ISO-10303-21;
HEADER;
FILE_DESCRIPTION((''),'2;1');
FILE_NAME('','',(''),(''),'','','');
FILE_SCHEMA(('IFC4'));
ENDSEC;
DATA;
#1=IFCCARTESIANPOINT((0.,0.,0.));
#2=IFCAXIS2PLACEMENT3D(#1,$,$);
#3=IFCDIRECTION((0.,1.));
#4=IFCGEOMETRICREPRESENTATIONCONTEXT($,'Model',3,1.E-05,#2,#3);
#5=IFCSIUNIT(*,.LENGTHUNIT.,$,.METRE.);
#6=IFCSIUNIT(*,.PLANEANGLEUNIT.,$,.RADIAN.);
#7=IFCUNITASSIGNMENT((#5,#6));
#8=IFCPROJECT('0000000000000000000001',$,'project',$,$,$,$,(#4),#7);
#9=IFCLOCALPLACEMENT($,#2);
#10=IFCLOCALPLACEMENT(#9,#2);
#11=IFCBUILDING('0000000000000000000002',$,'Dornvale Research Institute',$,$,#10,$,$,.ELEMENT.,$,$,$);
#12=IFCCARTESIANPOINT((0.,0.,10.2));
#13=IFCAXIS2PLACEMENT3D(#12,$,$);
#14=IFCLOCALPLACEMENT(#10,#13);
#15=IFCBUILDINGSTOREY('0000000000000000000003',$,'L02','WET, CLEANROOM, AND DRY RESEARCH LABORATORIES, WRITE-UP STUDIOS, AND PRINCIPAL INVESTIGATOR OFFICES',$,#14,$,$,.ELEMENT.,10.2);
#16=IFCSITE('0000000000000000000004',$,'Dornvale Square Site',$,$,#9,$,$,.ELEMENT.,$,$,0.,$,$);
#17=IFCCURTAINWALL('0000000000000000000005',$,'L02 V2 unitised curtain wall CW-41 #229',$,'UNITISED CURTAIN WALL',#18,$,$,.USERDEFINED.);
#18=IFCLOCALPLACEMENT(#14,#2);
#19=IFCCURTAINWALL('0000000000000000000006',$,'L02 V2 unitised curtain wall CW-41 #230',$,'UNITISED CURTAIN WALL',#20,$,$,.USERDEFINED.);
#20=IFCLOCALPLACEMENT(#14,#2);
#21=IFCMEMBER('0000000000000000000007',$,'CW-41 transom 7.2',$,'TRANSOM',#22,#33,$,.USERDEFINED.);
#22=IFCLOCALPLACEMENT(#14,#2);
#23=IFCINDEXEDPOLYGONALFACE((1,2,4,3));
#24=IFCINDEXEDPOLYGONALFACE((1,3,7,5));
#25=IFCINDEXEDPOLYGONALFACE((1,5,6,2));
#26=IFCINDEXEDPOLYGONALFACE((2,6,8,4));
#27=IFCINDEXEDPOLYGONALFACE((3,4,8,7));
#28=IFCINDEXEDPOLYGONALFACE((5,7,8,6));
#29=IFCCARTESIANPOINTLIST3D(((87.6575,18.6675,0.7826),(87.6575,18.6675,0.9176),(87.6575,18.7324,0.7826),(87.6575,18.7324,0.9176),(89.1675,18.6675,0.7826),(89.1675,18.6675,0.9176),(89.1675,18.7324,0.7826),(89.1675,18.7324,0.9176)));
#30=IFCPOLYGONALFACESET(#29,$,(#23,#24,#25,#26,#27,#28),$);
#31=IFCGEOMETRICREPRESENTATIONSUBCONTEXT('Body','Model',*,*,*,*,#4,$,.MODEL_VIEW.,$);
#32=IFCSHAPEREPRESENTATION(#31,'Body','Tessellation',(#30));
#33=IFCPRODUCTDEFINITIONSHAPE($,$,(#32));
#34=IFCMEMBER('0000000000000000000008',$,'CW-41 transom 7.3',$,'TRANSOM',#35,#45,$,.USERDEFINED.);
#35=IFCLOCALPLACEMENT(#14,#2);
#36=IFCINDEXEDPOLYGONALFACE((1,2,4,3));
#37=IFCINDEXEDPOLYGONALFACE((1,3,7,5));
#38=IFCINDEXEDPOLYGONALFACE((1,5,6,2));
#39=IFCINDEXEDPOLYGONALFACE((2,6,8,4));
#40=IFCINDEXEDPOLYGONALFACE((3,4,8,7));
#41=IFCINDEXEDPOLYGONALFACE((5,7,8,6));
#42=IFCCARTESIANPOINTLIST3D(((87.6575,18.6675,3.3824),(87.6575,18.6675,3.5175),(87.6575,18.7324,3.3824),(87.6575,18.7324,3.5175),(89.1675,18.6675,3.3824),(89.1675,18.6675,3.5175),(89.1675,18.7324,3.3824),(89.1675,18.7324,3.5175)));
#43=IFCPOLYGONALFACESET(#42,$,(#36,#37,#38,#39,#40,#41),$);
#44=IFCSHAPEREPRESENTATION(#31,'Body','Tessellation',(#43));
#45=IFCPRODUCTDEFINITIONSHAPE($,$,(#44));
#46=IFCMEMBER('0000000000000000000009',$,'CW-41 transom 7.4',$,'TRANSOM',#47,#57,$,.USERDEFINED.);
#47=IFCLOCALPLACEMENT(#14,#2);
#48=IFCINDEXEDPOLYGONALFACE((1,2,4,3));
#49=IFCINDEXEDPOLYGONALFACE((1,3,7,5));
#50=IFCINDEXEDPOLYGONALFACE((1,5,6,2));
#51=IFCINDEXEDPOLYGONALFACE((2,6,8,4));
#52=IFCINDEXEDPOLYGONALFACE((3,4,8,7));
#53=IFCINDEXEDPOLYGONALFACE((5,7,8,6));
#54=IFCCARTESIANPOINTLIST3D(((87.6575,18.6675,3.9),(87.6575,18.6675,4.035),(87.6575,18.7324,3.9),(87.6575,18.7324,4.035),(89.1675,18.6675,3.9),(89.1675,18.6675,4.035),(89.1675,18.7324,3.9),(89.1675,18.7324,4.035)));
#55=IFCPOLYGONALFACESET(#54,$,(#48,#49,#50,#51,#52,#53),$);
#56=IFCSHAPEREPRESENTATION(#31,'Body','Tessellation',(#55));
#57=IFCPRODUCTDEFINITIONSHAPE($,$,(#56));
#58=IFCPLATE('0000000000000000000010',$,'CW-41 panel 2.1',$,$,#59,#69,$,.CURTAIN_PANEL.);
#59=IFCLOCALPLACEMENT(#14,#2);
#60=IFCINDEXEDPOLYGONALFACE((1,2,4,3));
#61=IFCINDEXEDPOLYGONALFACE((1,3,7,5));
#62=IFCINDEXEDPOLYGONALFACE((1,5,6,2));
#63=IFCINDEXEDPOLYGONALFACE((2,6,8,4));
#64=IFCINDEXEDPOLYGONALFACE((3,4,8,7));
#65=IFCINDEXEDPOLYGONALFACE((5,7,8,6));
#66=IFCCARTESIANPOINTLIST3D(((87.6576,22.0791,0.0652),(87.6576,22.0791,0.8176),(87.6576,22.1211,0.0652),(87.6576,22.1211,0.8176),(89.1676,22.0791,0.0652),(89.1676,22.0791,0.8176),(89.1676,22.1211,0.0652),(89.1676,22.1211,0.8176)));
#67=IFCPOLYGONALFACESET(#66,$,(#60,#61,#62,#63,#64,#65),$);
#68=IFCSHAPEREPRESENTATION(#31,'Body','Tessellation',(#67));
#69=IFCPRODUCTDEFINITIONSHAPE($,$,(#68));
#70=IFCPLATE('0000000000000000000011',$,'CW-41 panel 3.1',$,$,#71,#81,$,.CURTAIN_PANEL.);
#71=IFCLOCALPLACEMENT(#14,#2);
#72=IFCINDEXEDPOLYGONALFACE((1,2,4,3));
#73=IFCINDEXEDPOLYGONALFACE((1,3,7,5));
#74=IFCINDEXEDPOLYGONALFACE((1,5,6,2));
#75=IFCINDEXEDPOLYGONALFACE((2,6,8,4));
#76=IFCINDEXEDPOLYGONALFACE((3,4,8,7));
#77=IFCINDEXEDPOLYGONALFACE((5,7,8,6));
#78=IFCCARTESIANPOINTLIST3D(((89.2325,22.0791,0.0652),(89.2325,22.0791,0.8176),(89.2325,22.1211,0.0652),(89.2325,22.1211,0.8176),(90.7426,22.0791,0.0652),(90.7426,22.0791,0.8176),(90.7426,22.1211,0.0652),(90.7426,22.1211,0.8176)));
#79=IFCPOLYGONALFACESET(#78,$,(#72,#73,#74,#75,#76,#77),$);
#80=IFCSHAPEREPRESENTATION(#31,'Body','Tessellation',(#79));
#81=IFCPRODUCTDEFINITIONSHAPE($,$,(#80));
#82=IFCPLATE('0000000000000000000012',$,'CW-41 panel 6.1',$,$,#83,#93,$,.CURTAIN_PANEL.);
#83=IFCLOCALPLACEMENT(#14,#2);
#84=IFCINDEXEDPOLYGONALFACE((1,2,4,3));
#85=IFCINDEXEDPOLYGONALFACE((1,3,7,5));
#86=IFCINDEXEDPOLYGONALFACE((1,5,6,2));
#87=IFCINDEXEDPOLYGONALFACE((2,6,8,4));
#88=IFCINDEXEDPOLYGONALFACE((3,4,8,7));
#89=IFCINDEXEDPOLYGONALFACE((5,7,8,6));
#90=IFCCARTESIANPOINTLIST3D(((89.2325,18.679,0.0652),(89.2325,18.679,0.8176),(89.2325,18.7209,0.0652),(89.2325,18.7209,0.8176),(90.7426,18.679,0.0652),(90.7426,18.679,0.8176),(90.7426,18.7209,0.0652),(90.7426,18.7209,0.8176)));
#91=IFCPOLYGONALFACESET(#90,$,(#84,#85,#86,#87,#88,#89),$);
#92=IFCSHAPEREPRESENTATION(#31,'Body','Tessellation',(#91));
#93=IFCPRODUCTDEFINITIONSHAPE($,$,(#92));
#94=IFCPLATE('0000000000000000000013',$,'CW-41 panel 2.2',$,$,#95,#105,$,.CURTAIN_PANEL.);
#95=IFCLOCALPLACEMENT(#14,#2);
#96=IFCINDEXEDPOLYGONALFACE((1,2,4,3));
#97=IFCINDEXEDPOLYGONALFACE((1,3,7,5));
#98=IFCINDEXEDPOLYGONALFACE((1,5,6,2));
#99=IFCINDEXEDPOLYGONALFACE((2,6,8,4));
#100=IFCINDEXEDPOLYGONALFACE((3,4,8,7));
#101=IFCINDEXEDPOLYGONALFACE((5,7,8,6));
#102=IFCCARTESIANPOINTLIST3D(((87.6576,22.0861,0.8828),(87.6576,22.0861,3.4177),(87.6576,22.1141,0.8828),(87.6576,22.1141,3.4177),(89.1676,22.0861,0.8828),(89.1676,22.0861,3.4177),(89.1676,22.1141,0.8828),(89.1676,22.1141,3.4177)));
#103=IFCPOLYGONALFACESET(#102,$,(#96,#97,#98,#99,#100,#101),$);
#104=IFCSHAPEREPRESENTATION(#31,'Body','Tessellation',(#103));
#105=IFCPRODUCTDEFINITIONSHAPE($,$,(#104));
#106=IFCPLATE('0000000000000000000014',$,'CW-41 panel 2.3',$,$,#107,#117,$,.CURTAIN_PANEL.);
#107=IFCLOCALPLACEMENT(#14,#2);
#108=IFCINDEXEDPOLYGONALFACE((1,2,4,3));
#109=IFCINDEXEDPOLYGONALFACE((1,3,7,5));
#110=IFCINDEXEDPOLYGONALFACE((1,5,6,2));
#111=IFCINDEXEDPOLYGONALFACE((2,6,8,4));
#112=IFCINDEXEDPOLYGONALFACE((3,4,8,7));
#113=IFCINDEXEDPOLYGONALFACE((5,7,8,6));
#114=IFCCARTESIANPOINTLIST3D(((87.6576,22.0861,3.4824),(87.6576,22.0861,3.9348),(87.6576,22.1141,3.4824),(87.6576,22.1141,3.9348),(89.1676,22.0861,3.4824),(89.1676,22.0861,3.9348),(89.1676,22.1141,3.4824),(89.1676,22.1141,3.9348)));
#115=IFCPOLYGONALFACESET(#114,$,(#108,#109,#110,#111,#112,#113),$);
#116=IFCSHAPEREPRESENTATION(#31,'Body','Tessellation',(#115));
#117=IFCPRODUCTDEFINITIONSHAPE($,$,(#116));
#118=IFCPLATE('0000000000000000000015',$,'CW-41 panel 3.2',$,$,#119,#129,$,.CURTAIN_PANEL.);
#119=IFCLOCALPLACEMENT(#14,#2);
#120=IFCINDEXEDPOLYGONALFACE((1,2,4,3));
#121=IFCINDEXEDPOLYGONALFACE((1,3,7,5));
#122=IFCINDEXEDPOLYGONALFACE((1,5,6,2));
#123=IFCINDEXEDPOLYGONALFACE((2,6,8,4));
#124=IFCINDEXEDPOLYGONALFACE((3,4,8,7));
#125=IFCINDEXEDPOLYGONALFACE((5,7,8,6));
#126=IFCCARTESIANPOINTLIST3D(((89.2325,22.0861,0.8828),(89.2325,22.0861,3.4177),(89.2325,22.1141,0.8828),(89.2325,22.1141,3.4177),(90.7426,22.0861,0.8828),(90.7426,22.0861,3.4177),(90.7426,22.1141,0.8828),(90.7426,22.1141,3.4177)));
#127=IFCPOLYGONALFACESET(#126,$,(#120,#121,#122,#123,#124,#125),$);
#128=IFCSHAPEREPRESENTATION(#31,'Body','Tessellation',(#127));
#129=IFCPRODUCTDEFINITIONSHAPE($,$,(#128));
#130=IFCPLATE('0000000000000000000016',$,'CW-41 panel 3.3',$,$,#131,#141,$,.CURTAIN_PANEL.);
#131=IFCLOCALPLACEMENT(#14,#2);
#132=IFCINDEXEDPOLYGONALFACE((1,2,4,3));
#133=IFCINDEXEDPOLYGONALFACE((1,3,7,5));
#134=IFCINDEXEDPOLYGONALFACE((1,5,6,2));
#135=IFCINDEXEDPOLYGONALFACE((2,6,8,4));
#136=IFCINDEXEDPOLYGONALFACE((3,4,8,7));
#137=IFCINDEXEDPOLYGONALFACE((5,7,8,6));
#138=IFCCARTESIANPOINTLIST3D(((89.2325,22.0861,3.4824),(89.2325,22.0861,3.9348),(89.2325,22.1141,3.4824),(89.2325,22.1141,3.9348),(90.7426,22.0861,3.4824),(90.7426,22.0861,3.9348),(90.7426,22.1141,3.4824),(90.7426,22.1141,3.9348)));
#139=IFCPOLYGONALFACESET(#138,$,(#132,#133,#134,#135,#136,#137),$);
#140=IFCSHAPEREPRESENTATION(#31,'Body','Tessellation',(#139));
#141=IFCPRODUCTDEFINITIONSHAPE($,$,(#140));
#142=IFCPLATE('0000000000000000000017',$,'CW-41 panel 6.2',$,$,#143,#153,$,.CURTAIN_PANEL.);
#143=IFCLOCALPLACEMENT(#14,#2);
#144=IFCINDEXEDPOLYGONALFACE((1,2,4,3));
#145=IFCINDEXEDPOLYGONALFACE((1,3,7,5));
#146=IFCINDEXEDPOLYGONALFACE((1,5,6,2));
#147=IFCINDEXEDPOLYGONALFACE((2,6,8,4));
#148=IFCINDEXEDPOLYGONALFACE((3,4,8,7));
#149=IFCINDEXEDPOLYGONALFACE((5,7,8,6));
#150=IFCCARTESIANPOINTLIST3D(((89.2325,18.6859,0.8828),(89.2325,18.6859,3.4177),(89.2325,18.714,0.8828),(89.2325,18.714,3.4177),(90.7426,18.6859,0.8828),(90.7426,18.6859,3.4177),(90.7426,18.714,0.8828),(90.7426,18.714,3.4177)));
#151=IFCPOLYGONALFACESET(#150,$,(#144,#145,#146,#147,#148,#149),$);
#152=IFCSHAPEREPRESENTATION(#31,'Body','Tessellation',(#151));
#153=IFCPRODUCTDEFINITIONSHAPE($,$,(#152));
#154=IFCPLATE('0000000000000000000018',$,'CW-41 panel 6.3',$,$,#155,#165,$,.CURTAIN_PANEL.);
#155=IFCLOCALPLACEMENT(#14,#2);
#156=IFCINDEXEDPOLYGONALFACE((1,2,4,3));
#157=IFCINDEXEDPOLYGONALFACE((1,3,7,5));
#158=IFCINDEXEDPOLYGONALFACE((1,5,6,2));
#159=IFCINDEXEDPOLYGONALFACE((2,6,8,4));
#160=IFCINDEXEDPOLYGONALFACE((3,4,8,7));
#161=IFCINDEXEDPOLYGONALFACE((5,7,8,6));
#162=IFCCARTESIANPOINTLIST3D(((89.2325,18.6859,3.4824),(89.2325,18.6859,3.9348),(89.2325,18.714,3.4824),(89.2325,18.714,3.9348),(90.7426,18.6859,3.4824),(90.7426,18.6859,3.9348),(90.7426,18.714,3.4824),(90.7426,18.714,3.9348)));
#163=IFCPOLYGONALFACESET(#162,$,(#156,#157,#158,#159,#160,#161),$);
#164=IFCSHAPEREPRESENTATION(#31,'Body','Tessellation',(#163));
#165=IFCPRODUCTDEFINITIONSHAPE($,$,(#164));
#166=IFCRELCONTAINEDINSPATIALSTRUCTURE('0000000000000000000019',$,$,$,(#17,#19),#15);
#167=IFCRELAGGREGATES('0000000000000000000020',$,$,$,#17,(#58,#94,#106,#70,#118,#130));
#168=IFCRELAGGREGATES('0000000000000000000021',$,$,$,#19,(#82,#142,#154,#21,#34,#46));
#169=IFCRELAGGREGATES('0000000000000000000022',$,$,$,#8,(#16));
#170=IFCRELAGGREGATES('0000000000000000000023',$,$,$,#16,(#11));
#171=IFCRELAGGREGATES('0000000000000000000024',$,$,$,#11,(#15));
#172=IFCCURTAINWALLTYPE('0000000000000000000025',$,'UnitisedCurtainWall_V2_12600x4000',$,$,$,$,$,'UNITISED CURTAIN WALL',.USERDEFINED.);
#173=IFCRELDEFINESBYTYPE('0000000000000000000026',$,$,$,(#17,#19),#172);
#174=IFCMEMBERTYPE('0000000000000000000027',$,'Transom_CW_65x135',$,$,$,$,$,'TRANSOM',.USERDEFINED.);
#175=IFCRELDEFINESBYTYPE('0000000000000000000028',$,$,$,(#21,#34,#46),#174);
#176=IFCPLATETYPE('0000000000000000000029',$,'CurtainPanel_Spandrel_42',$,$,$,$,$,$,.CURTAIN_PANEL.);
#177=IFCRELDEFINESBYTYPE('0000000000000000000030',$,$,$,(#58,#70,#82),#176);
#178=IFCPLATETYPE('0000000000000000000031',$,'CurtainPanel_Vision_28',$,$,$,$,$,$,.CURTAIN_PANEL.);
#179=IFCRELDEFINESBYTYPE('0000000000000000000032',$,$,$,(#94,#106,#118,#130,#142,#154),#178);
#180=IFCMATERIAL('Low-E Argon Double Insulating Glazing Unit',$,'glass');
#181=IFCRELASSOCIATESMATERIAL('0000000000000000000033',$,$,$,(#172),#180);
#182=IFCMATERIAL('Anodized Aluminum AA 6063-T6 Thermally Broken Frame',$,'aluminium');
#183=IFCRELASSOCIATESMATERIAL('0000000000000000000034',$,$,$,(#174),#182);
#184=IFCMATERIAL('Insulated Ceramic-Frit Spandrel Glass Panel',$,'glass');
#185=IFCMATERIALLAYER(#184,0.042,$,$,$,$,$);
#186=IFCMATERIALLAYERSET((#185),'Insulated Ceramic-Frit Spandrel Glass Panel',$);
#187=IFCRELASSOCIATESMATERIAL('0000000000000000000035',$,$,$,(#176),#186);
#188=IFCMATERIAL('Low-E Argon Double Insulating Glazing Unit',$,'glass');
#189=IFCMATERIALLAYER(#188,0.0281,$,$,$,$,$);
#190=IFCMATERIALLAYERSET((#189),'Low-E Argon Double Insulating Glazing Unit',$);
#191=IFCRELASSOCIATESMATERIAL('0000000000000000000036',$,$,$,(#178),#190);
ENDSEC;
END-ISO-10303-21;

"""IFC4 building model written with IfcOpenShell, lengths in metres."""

from ifc_helpers import new_model, si_unit, direction, frame, origin, origin_2d, place, context, subcontext, project, spatial, rectangle, extrude, material, layer, layer_set, material_profile, profile_set, type_object, element, aggregate, save


model = new_model("IFC4")

# Units and contexts
model_context = context("Model", 3, precision=1e-05, world=origin(), true_north=direction((0.0, 1.0)))
body_context = subcontext(model_context, "Body", "Model", "MODEL_VIEW")
ifc_project = project(units=[si_unit("LENGTHUNIT", "METRE"), si_unit("PLANEANGLEUNIT", "RADIAN")], contexts=[model_context])

# Site, building, storey
site_placement = place(None, origin())
site = spatial("IfcSite", under=ifc_project, at=site_placement, Name="Dornvale Square Site", CompositionType="ELEMENT", RefElevation=0.0)
building_placement = place(site_placement, origin())
building = spatial("IfcBuilding", under=site, at=building_placement, Name="Dornvale Research Institute", CompositionType="ELEMENT")
storey_placement = place(building_placement, frame((0.0, 0.0, 10.2)))
storey = spatial("IfcBuildingStorey", under=building, at=storey_placement, Name="L02", Description="WET, CLEANROOM, AND DRY RESEARCH LABORATORIES, WRITE-UP STUDIOS, AND PRINCIPAL INVESTIGATOR OFFICES", CompositionType="ELEMENT", Elevation=10.2)

# Curtain walls
ifc_material_1 = material(Name="Low-E Argon Double Insulating Glazing Unit", Category="glass")
curtain_wall_type = type_object("IfcCurtainWallType", Name="UnitisedCurtainWall_V2_12600x4000", ElementType="UNITISED CURTAIN WALL", PredefinedType="USERDEFINED", material=ifc_material_1)
curtain_wall_1_placement = place(storey_placement, origin())
curtain_wall_1 = element("IfcCurtainWall", 1, at=curtain_wall_1_placement, inside=storey, type_object=curtain_wall_type, Name="L02 V2 unitised curtain wall CW-41 #229", ObjectType="UNITISED CURTAIN WALL", PredefinedType="USERDEFINED")
curtain_wall_2_placement = place(storey_placement, origin())
curtain_wall_2 = element("IfcCurtainWall", 2, at=curtain_wall_2_placement, inside=storey, type_object=curtain_wall_type, Name="L02 V2 unitised curtain wall CW-41 #230", ObjectType="UNITISED CURTAIN WALL", PredefinedType="USERDEFINED")

# Members
ifc_material_2 = material(Name="Anodized Aluminum AA 6063-T6 Thermally Broken Frame", Category="aluminium")
ifc_material_profile_1 = material_profile(ifc_material_2, rectangle(XDim=0.0649, YDim=0.135, at=origin_2d()), Name="ALU TRANSOM 65x135")
ifc_profile_set_1 = profile_set([ifc_material_profile_1], Name="Anodized Aluminum AA 6063-T6 Thermally Broken Frame")
member_type_1 = type_object("IfcMemberType", Name="Transom_CW_65x135", ElementType="TRANSOM", PredefinedType="USERDEFINED", material=ifc_profile_set_1)
member_1_placement = place(storey_placement, frame((89.1675, 18.7, 0.8501), z_axis=(-1.0, 0.0, 0.0), x_axis=(0.0, -1.0, 0.0)))
member_1 = element("IfcMember", 3, at=member_1_placement, type_object=member_type_1, Name="CW-41 transom 7.2", ObjectType="TRANSOM", PredefinedType="USERDEFINED", context=body_context, shape_type="SweptSolid", body=[
    extrude(rectangle(XDim=0.0649, YDim=0.135, at=origin_2d()), origin(), (0.0, 0.0, 1.0), 1.51),
])
member_2_placement = place(storey_placement, frame((89.1675, 18.7, 3.45), z_axis=(-1.0, 0.0, 0.0), x_axis=(0.0, -1.0, 0.0)))
member_2 = element("IfcMember", 4, at=member_2_placement, type_object=member_type_1, Name="CW-41 transom 7.3", ObjectType="TRANSOM", PredefinedType="USERDEFINED", context=body_context, shape_type="SweptSolid", body=[
    extrude(rectangle(XDim=0.0649, YDim=0.135, at=origin_2d()), origin(), (0.0, 0.0, 1.0), 1.51),
])
member_3_placement = place(storey_placement, frame((89.1675, 18.7, 3.9675), z_axis=(-1.0, 0.0, 0.0), x_axis=(0.0, -1.0, 0.0)))
member_3 = element("IfcMember", 5, at=member_3_placement, type_object=member_type_1, Name="CW-41 transom 7.4", ObjectType="TRANSOM", PredefinedType="USERDEFINED", context=body_context, shape_type="SweptSolid", body=[
    extrude(rectangle(XDim=0.0649, YDim=0.135, at=origin_2d()), origin(), (0.0, 0.0, 1.0), 1.51),
])

# Plates
ifc_material_3 = material(Name="Insulated Ceramic-Frit Spandrel Glass Panel", Category="glass")
ifc_layer_1 = layer(ifc_material_3, 0.042)
ifc_layer_set_1 = layer_set([ifc_layer_1], Name="Insulated Ceramic-Frit Spandrel Glass Panel")
plate_type_1 = type_object("IfcPlateType", Name="CurtainPanel_Spandrel_42", PredefinedType="CURTAIN_PANEL", material=ifc_layer_set_1)
plate_1_placement = place(storey_placement, frame((88.4126, 22.1001, 0.0652), z_axis=(0.0, 0.0, 1.0), x_axis=(1.0, 0.0, 0.0)))
plate_1 = element("IfcPlate", 6, at=plate_1_placement, type_object=plate_type_1, Name="CW-41 panel 2.1", PredefinedType="CURTAIN_PANEL", context=body_context, shape_type="SweptSolid", body=[
    extrude(rectangle(XDim=1.51, YDim=0.042, at=origin_2d()), origin(), (0.0, 0.0, 1.0), 0.7524),
])
plate_2_placement = place(storey_placement, frame((89.9875, 22.1001, 0.0652), z_axis=(0.0, 0.0, 1.0), x_axis=(1.0, 0.0, 0.0)))
plate_2 = element("IfcPlate", 7, at=plate_2_placement, type_object=plate_type_1, Name="CW-41 panel 3.1", PredefinedType="CURTAIN_PANEL", context=body_context, shape_type="SweptSolid", body=[
    extrude(rectangle(XDim=1.51, YDim=0.042, at=origin_2d()), origin(), (0.0, 0.0, 1.0), 0.7524),
])
plate_3_placement = place(storey_placement, frame((89.9875, 18.7, 0.0652), z_axis=(0.0, 0.0, 1.0), x_axis=(-1.0, 0.0, 0.0)))
plate_3 = element("IfcPlate", 8, at=plate_3_placement, type_object=plate_type_1, Name="CW-41 panel 6.1", PredefinedType="CURTAIN_PANEL", context=body_context, shape_type="SweptSolid", body=[
    extrude(rectangle(XDim=1.51, YDim=0.042, at=origin_2d()), origin(), (0.0, 0.0, 1.0), 0.7524),
])
ifc_material_4 = material(Name="Low-E Argon Double Insulating Glazing Unit", Category="glass")
ifc_layer_2 = layer(ifc_material_4, 0.0281)
ifc_layer_set_2 = layer_set([ifc_layer_2], Name="Low-E Argon Double Insulating Glazing Unit")
plate_type_2 = type_object("IfcPlateType", Name="CurtainPanel_Vision_28", PredefinedType="CURTAIN_PANEL", material=ifc_layer_set_2)
plate_4_placement = place(storey_placement, frame((88.4126, 22.1001, 0.8828), z_axis=(0.0, 0.0, 1.0), x_axis=(1.0, 0.0, 0.0)))
plate_4 = element("IfcPlate", 9, at=plate_4_placement, type_object=plate_type_2, Name="CW-41 panel 2.2", PredefinedType="CURTAIN_PANEL", context=body_context, shape_type="SweptSolid", body=[
    extrude(rectangle(XDim=1.51, YDim=0.0281, at=origin_2d()), origin(), (0.0, 0.0, 1.0), 2.5349),
])
plate_5_placement = place(storey_placement, frame((88.4126, 22.1001, 3.4824), z_axis=(0.0, 0.0, 1.0), x_axis=(1.0, 0.0, 0.0)))
plate_5 = element("IfcPlate", 10, at=plate_5_placement, type_object=plate_type_2, Name="CW-41 panel 2.3", PredefinedType="CURTAIN_PANEL", context=body_context, shape_type="SweptSolid", body=[
    extrude(rectangle(XDim=1.51, YDim=0.0281, at=origin_2d()), origin(), (0.0, 0.0, 1.0), 0.4524),
])
plate_6_placement = place(storey_placement, frame((89.9875, 22.1001, 0.8828), z_axis=(0.0, 0.0, 1.0), x_axis=(1.0, 0.0, 0.0)))
plate_6 = element("IfcPlate", 11, at=plate_6_placement, type_object=plate_type_2, Name="CW-41 panel 3.2", PredefinedType="CURTAIN_PANEL", context=body_context, shape_type="SweptSolid", body=[
    extrude(rectangle(XDim=1.51, YDim=0.0281, at=origin_2d()), origin(), (0.0, 0.0, 1.0), 2.5349),
])
plate_7_placement = place(storey_placement, frame((89.9875, 22.1001, 3.4824), z_axis=(0.0, 0.0, 1.0), x_axis=(1.0, 0.0, 0.0)))
plate_7 = element("IfcPlate", 12, at=plate_7_placement, type_object=plate_type_2, Name="CW-41 panel 3.3", PredefinedType="CURTAIN_PANEL", context=body_context, shape_type="SweptSolid", body=[
    extrude(rectangle(XDim=1.51, YDim=0.0281, at=origin_2d()), origin(), (0.0, 0.0, 1.0), 0.4524),
])
aggregate(curtain_wall_1, [plate_1, plate_4, plate_5, plate_2, plate_6, plate_7])
plate_8_placement = place(storey_placement, frame((89.9875, 18.7, 0.8828), z_axis=(0.0, 0.0, 1.0), x_axis=(-1.0, 0.0, 0.0)))
plate_8 = element("IfcPlate", 13, at=plate_8_placement, type_object=plate_type_2, Name="CW-41 panel 6.2", PredefinedType="CURTAIN_PANEL", context=body_context, shape_type="SweptSolid", body=[
    extrude(rectangle(XDim=1.51, YDim=0.0281, at=origin_2d()), origin(), (0.0, 0.0, 1.0), 2.5349),
])
plate_9_placement = place(storey_placement, frame((89.9875, 18.7, 3.4824), z_axis=(0.0, 0.0, 1.0), x_axis=(-1.0, 0.0, 0.0)))
plate_9 = element("IfcPlate", 14, at=plate_9_placement, type_object=plate_type_2, Name="CW-41 panel 6.3", PredefinedType="CURTAIN_PANEL", context=body_context, shape_type="SweptSolid", body=[
    extrude(rectangle(XDim=1.51, YDim=0.0281, at=origin_2d()), origin(), (0.0, 0.0, 1.0), 0.4524),
])
aggregate(curtain_wall_2, [plate_3, plate_8, plate_9, member_1, member_2, member_3])

save(model, "model.ifc")
